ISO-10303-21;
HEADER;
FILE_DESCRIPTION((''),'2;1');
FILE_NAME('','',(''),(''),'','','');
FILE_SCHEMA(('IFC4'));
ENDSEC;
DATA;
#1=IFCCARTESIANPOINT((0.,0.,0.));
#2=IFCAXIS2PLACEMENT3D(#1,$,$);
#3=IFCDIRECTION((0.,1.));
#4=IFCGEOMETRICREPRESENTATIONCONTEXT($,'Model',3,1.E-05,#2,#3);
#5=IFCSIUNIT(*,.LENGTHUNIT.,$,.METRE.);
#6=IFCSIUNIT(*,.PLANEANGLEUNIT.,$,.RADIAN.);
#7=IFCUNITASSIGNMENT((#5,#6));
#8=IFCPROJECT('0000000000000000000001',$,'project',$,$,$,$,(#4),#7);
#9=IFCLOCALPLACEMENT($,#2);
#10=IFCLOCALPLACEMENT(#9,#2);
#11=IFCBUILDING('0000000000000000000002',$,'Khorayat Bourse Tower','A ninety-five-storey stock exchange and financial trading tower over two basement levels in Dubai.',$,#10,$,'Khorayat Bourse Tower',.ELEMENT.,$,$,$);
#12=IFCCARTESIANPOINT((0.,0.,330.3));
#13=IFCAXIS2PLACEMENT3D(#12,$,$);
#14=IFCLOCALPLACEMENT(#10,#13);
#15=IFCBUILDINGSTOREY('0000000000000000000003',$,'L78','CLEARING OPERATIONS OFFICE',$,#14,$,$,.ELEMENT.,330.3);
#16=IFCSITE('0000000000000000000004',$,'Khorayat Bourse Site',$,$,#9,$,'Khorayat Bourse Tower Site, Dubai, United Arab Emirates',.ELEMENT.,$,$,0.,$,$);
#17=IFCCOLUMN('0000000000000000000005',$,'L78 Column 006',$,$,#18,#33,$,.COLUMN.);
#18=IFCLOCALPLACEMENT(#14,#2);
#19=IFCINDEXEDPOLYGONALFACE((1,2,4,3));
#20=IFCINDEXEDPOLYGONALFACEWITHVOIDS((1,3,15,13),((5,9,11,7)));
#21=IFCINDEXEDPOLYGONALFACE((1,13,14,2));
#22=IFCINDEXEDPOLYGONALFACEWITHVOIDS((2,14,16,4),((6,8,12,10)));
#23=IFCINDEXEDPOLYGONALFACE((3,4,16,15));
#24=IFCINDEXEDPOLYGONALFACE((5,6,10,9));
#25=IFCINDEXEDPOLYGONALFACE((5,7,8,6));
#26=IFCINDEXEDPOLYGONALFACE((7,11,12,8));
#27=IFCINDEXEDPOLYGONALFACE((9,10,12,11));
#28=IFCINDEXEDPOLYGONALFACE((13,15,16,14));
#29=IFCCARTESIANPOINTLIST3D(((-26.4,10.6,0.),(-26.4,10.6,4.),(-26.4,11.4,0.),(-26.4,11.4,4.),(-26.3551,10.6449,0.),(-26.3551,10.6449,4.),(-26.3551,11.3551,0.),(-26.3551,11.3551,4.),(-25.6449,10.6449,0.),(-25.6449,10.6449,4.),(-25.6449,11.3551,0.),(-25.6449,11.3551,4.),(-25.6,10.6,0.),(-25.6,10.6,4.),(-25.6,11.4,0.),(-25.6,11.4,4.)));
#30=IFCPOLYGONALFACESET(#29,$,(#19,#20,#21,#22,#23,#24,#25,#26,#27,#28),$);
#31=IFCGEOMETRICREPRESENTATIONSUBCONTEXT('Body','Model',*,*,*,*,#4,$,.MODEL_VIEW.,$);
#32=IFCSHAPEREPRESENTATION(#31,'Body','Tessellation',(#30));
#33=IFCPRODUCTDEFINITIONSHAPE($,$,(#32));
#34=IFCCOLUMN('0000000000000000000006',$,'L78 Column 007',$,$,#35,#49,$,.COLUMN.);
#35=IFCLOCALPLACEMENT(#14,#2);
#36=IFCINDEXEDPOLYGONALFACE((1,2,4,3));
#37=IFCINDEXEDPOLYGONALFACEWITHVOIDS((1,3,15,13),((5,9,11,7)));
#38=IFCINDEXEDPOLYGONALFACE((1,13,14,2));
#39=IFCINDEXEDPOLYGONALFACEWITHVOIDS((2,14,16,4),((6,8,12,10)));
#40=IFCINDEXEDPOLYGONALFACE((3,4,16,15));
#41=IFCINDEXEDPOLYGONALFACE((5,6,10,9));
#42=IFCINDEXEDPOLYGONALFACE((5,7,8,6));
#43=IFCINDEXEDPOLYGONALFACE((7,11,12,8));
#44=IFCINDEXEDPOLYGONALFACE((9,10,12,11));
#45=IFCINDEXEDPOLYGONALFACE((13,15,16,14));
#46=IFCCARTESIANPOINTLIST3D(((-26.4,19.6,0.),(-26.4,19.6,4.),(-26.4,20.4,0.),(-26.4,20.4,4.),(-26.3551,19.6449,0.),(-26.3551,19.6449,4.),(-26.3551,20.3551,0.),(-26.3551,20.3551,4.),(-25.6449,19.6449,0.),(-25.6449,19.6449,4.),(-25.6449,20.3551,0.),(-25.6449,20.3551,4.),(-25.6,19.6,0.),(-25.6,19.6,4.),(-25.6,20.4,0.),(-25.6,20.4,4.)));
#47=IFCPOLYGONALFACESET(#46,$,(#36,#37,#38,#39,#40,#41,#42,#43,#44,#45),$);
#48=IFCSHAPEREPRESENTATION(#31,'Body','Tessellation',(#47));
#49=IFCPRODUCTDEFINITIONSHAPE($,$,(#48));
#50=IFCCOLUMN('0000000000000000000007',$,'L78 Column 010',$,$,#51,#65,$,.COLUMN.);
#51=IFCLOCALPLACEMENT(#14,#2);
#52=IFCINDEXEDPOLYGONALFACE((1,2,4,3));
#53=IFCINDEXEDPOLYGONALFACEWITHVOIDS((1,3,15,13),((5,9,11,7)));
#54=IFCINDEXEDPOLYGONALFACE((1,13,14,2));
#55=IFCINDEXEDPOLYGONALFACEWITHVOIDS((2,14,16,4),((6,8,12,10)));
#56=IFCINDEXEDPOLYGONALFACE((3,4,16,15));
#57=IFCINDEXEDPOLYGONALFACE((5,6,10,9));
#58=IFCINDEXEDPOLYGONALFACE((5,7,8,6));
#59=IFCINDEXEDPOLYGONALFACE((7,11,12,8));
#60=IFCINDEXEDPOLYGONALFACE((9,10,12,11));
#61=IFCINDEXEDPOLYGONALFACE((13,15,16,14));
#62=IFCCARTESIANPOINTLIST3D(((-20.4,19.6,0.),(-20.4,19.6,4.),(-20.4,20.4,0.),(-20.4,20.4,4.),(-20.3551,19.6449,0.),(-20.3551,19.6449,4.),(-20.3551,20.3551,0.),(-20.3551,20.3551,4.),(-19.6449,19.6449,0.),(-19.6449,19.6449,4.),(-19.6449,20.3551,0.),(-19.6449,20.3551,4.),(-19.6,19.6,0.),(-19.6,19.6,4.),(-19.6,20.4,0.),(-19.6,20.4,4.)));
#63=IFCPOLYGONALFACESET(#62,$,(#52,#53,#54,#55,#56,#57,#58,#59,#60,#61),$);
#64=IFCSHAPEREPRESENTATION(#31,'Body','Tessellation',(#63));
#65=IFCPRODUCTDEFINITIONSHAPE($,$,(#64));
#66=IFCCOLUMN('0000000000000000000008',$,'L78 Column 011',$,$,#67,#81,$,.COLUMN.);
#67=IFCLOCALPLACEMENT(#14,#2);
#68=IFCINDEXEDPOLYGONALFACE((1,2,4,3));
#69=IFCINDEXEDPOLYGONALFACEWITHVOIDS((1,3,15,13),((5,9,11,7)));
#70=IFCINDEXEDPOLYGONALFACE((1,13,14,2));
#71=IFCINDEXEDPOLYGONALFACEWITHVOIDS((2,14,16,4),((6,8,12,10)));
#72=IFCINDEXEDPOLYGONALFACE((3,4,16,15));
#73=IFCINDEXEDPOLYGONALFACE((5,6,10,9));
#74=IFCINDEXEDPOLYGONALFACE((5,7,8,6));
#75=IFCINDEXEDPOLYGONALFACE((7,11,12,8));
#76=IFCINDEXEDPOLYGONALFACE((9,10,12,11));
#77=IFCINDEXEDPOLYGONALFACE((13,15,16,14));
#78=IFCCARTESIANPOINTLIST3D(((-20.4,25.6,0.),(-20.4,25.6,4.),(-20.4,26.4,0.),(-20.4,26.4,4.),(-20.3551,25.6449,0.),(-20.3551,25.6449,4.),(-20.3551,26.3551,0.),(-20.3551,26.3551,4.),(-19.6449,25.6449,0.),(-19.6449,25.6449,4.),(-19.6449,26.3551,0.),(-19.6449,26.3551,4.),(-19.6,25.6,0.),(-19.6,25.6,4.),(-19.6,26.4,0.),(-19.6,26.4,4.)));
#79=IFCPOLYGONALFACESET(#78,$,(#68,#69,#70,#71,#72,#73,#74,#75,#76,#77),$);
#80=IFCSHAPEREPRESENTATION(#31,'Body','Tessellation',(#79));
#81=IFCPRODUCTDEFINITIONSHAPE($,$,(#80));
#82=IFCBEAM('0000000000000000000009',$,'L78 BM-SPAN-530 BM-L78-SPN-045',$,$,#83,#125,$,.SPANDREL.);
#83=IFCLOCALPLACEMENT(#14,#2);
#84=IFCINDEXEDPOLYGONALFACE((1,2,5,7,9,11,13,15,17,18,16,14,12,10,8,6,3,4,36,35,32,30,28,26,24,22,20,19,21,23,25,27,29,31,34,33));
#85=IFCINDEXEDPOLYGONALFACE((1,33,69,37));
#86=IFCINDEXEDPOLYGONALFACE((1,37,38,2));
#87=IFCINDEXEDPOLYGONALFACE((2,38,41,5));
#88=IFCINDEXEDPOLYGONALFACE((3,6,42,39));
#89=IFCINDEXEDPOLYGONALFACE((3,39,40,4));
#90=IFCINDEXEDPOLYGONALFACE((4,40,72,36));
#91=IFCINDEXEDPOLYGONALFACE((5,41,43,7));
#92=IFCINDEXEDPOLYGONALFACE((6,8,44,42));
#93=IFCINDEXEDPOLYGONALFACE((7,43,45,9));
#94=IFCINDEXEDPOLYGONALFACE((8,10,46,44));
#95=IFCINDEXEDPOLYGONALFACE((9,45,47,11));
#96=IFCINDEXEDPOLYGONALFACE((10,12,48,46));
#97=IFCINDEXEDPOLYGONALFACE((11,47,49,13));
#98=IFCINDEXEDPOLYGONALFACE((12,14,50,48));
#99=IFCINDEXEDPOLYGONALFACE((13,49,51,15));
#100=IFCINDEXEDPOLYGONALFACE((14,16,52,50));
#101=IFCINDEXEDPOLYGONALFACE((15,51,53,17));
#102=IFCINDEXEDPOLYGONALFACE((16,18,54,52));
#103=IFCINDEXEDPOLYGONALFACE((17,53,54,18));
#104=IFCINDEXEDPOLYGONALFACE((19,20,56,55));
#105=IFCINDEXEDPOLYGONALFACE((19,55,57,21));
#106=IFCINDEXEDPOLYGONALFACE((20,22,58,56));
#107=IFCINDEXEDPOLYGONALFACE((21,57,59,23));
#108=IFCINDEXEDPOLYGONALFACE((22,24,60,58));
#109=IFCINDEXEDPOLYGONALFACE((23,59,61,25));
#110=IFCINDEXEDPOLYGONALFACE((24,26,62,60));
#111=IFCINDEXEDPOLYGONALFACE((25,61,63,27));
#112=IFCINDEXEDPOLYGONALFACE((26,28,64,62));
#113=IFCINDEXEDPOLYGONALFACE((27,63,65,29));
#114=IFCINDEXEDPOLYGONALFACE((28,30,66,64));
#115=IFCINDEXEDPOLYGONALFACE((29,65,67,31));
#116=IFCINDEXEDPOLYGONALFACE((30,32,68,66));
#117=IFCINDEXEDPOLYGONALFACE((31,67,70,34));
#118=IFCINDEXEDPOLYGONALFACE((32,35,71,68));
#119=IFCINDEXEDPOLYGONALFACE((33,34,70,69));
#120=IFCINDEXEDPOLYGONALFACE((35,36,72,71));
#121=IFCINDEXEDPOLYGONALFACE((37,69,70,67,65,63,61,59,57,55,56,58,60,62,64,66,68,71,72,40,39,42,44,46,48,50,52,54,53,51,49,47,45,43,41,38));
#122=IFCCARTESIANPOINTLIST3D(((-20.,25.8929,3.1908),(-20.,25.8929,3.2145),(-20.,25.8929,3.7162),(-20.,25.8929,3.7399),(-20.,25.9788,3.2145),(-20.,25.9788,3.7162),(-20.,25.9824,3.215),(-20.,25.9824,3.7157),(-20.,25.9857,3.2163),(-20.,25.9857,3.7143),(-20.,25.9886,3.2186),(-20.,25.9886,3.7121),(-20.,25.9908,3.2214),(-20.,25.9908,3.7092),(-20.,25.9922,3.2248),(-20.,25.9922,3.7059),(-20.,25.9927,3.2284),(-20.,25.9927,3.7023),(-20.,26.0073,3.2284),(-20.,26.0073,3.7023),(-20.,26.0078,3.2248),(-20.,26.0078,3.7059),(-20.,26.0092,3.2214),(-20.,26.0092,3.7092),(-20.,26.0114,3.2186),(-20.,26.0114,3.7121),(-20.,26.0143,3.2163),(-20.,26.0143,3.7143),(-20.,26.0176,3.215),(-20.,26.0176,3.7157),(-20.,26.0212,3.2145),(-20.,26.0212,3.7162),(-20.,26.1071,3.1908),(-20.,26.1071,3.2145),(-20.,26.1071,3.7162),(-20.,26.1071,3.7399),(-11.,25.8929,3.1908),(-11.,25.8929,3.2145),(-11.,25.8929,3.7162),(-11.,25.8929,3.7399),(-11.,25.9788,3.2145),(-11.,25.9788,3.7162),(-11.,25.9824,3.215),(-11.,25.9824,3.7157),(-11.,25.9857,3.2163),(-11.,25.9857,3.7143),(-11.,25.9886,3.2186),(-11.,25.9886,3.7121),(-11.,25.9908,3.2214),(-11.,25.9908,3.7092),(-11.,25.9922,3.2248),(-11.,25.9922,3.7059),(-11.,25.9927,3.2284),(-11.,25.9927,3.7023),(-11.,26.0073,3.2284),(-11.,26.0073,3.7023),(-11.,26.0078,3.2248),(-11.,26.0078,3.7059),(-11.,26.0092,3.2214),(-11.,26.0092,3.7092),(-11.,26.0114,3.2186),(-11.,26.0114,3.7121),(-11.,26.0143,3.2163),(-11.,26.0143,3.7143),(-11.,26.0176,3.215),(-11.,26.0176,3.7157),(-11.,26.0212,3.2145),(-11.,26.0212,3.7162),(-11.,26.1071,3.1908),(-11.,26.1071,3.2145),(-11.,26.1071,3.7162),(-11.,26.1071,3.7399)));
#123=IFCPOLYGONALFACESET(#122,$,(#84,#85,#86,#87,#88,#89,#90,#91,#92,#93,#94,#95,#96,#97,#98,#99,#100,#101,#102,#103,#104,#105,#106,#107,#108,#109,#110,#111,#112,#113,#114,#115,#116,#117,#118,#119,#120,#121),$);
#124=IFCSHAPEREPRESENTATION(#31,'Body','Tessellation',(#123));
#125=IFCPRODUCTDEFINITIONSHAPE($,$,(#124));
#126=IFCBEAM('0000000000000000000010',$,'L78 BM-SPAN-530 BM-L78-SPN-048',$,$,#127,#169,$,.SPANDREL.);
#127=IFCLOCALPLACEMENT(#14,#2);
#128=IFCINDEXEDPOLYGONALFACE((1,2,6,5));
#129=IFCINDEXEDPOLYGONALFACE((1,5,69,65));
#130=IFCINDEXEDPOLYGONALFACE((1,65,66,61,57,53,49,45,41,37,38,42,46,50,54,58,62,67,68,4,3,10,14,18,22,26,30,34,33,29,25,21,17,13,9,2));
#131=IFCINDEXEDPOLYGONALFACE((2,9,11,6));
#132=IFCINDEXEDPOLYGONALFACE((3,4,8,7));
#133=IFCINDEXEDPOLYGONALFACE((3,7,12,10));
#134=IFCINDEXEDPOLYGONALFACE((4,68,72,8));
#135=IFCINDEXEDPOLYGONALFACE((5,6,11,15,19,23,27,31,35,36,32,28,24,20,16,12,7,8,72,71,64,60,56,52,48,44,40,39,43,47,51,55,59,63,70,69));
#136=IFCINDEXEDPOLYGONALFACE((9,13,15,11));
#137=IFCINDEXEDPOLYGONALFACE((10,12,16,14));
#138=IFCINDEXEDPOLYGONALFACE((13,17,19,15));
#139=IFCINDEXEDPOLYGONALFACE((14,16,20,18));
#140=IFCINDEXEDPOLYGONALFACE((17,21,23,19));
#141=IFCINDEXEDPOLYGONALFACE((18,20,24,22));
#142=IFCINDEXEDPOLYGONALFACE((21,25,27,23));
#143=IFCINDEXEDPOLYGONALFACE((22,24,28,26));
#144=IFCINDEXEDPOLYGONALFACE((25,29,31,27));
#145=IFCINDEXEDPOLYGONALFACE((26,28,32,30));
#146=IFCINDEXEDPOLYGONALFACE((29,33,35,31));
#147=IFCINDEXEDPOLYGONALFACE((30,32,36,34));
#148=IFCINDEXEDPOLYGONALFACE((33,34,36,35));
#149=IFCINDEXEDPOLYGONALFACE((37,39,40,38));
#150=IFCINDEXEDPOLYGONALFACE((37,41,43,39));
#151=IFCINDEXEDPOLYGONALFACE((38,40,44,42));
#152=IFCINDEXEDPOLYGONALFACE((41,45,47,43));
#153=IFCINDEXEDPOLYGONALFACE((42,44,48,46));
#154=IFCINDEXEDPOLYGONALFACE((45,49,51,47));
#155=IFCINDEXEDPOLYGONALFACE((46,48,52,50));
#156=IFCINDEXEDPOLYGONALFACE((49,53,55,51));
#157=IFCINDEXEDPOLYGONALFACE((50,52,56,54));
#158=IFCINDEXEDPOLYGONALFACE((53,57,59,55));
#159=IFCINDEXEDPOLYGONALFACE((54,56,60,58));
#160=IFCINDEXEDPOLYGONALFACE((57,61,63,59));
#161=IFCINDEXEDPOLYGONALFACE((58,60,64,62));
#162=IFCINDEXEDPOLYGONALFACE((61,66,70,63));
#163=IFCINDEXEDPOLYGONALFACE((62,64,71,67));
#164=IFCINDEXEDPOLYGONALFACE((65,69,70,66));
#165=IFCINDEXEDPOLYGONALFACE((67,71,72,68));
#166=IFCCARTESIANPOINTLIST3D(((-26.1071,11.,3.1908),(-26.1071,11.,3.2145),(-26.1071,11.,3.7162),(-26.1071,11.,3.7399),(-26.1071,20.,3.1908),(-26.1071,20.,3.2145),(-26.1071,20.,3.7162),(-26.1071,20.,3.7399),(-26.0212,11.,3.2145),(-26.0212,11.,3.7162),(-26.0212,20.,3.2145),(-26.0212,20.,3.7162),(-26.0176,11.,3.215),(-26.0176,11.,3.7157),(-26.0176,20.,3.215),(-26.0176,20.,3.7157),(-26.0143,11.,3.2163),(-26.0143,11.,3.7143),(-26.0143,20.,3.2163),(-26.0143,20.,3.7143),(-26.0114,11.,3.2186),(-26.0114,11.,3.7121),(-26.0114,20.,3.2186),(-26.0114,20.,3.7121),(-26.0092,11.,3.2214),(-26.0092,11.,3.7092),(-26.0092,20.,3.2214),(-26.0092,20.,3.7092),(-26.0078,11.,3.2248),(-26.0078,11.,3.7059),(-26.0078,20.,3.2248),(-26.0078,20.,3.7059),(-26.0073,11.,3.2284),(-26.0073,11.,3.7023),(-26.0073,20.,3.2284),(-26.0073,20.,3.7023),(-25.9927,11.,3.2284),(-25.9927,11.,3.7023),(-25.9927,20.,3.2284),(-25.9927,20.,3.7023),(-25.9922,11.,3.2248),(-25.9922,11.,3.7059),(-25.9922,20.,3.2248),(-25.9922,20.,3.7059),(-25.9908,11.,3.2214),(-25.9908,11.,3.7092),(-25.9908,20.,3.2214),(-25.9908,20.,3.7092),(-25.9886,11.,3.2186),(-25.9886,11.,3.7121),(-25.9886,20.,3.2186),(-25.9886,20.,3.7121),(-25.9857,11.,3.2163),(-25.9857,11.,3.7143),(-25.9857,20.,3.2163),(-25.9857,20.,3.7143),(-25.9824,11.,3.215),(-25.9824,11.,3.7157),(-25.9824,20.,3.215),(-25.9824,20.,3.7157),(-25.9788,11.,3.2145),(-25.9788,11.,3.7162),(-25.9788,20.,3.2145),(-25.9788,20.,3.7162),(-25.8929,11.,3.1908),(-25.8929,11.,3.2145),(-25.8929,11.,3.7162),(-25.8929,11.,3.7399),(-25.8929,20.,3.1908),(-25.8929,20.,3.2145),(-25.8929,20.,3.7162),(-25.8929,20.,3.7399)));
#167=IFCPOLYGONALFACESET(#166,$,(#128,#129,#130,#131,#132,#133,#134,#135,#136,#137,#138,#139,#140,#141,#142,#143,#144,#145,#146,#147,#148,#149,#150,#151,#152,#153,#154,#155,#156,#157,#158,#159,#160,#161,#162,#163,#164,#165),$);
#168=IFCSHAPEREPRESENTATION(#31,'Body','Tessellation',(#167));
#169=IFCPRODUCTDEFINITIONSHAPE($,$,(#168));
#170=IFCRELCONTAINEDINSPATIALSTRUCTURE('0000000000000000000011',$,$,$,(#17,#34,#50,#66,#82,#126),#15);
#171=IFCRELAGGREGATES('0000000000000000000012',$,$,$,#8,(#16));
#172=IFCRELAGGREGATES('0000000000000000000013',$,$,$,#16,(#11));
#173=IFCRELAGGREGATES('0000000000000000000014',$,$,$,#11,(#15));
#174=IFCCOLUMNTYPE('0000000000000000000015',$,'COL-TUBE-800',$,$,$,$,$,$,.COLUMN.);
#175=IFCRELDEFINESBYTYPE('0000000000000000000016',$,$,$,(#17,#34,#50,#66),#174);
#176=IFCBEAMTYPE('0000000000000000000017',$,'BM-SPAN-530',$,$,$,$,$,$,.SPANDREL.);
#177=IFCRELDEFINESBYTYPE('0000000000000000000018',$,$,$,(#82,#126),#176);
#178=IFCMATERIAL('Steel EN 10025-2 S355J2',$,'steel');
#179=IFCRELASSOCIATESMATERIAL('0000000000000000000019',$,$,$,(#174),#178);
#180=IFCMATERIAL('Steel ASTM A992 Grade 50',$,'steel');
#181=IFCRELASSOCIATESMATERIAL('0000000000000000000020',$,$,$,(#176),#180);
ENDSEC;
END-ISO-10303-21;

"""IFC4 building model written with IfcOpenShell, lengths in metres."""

from ifc_helpers import new_model, si_unit, direction, frame, origin, origin_2d, place, context, subcontext, project, spatial, hollow_rectangle, i_section, extrude, source, transform, mapped, material, material_profile, profile_set, type_object, element, save


model = new_model("IFC4")

# Units and contexts
model_context = context("Model", 3, precision=1e-05, world=origin(), true_north=direction((0.0, 1.0)))
body_context = subcontext(model_context, "Body", "Model", "MODEL_VIEW")
ifc_project = project(units=[si_unit("LENGTHUNIT", "METRE"), si_unit("PLANEANGLEUNIT", "RADIAN")], contexts=[model_context])

# Site, building, storey
site_placement = place(None, origin())
site = spatial("IfcSite", under=ifc_project, at=site_placement, Name="Khorayat Bourse Site", LongName="Khorayat Bourse Tower Site, Dubai, United Arab Emirates", CompositionType="ELEMENT", RefElevation=0.0)
building_placement = place(site_placement, origin())
building = spatial("IfcBuilding", under=site, at=building_placement, Name="Khorayat Bourse Tower", Description="A ninety-five-storey stock exchange and financial trading tower over two basement levels in Dubai.", LongName="Khorayat Bourse Tower", CompositionType="ELEMENT")
storey_placement = place(building_placement, frame((0.0, 0.0, 330.3)))
storey = spatial("IfcBuildingStorey", under=building, at=storey_placement, Name="L78", Description="CLEARING OPERATIONS OFFICE", CompositionType="ELEMENT", Elevation=330.3)

# Columns
ifc_material_1 = material(Name="Steel EN 10025-2 S355J2", Category="steel")
ifc_material_profile_1 = material_profile(ifc_material_1, hollow_rectangle(XDim=0.8, YDim=0.8, WallThickness=0.0449, at=origin_2d()), Name="BOX 800x800x45")
ifc_profile_set_1 = profile_set([ifc_material_profile_1], Name="Steel EN 10025-2 S355J2")
column_type = type_object("IfcColumnType", Name="COL-TUBE-800", PredefinedType="COLUMN", material=ifc_profile_set_1)
shared_shape_1 = source(origin(), body_context, "Body", "SweptSolid", [
    extrude(hollow_rectangle(XDim=0.8, YDim=0.8, WallThickness=0.0449, at=origin_2d()), origin(), (0.0, 0.0, 1.0), 4.0),
])
for number, where, z_axis, x_axis, name in (
    (1, (-26.0, 11.0, 0.0), (0.0, 0.0, 1.0), (1.0, 0.0, 0.0), "L78 Column 006"),
    (2, (-26.0, 20.0, 0.0), (0.0, 0.0, 1.0), (1.0, 0.0, 0.0), "L78 Column 007"),
    (3, (-20.0, 20.0, 0.0), (0.0, 0.0, 1.0), (1.0, 0.0, 0.0), "L78 Column 010"),
    (4, (-20.0, 26.0, 0.0), (0.0, 0.0, 1.0), (1.0, 0.0, 0.0), "L78 Column 011"),
):
    element("IfcColumn", number, at=place(storey_placement, frame(where, z_axis=z_axis, x_axis=x_axis)), inside=storey, type_object=column_type, Name=name, PredefinedType="COLUMN", context=body_context, shape_type="MappedRepresentation", body=[
        mapped(shared_shape_1, transform((0.0, 0.0, 0.0), scale=1.0)),
    ])

# Beams
ifc_material_2 = material(Name="Steel ASTM A992 Grade 50", Category="steel")
ifc_material_profile_2 = material_profile(ifc_material_2, i_section(OverallWidth=0.2141, OverallDepth=0.5491, WebThickness=0.0146, FlangeThickness=0.0237, FilletRadius=0.0139, at=origin_2d()), Name="W530X138")
ifc_profile_set_2 = profile_set([ifc_material_profile_2], Name="Steel ASTM A992 Grade 50")
beam_type_1 = type_object("IfcBeamType", Name="BM-SPAN-530", PredefinedType="SPANDREL", material=ifc_profile_set_2)
shared_shape_2 = source(origin(), body_context, "Body", "SweptSolid", [
    extrude(i_section(OverallWidth=0.2141, OverallDepth=0.5491, WebThickness=0.0146, FlangeThickness=0.0237, FilletRadius=0.0139, at=origin_2d()), origin(), (0.0, 0.0, 1.0), 9.0),
])
for number, where, z_axis, x_axis, name in (
    (5, (-20.0, 26.0, 3.4653), (1.0, 0.0, 0.0), (0.0, 1.0, 0.0), "L78 BM-SPAN-530 BM-L78-SPN-045"),
    (6, (-26.0, 11.0, 3.4653), (0.0, 1.0, 0.0), (-1.0, 0.0, 0.0), "L78 BM-SPAN-530 BM-L78-SPN-048"),
):
    element("IfcBeam", number, at=place(storey_placement, frame(where, z_axis=z_axis, x_axis=x_axis)), inside=storey, type_object=beam_type_1, Name=name, PredefinedType="SPANDREL", context=body_context, shape_type="MappedRepresentation", body=[
        mapped(shared_shape_2, transform((0.0, 0.0, 0.0), scale=1.0)),
    ])

save(model, "model.ifc")
